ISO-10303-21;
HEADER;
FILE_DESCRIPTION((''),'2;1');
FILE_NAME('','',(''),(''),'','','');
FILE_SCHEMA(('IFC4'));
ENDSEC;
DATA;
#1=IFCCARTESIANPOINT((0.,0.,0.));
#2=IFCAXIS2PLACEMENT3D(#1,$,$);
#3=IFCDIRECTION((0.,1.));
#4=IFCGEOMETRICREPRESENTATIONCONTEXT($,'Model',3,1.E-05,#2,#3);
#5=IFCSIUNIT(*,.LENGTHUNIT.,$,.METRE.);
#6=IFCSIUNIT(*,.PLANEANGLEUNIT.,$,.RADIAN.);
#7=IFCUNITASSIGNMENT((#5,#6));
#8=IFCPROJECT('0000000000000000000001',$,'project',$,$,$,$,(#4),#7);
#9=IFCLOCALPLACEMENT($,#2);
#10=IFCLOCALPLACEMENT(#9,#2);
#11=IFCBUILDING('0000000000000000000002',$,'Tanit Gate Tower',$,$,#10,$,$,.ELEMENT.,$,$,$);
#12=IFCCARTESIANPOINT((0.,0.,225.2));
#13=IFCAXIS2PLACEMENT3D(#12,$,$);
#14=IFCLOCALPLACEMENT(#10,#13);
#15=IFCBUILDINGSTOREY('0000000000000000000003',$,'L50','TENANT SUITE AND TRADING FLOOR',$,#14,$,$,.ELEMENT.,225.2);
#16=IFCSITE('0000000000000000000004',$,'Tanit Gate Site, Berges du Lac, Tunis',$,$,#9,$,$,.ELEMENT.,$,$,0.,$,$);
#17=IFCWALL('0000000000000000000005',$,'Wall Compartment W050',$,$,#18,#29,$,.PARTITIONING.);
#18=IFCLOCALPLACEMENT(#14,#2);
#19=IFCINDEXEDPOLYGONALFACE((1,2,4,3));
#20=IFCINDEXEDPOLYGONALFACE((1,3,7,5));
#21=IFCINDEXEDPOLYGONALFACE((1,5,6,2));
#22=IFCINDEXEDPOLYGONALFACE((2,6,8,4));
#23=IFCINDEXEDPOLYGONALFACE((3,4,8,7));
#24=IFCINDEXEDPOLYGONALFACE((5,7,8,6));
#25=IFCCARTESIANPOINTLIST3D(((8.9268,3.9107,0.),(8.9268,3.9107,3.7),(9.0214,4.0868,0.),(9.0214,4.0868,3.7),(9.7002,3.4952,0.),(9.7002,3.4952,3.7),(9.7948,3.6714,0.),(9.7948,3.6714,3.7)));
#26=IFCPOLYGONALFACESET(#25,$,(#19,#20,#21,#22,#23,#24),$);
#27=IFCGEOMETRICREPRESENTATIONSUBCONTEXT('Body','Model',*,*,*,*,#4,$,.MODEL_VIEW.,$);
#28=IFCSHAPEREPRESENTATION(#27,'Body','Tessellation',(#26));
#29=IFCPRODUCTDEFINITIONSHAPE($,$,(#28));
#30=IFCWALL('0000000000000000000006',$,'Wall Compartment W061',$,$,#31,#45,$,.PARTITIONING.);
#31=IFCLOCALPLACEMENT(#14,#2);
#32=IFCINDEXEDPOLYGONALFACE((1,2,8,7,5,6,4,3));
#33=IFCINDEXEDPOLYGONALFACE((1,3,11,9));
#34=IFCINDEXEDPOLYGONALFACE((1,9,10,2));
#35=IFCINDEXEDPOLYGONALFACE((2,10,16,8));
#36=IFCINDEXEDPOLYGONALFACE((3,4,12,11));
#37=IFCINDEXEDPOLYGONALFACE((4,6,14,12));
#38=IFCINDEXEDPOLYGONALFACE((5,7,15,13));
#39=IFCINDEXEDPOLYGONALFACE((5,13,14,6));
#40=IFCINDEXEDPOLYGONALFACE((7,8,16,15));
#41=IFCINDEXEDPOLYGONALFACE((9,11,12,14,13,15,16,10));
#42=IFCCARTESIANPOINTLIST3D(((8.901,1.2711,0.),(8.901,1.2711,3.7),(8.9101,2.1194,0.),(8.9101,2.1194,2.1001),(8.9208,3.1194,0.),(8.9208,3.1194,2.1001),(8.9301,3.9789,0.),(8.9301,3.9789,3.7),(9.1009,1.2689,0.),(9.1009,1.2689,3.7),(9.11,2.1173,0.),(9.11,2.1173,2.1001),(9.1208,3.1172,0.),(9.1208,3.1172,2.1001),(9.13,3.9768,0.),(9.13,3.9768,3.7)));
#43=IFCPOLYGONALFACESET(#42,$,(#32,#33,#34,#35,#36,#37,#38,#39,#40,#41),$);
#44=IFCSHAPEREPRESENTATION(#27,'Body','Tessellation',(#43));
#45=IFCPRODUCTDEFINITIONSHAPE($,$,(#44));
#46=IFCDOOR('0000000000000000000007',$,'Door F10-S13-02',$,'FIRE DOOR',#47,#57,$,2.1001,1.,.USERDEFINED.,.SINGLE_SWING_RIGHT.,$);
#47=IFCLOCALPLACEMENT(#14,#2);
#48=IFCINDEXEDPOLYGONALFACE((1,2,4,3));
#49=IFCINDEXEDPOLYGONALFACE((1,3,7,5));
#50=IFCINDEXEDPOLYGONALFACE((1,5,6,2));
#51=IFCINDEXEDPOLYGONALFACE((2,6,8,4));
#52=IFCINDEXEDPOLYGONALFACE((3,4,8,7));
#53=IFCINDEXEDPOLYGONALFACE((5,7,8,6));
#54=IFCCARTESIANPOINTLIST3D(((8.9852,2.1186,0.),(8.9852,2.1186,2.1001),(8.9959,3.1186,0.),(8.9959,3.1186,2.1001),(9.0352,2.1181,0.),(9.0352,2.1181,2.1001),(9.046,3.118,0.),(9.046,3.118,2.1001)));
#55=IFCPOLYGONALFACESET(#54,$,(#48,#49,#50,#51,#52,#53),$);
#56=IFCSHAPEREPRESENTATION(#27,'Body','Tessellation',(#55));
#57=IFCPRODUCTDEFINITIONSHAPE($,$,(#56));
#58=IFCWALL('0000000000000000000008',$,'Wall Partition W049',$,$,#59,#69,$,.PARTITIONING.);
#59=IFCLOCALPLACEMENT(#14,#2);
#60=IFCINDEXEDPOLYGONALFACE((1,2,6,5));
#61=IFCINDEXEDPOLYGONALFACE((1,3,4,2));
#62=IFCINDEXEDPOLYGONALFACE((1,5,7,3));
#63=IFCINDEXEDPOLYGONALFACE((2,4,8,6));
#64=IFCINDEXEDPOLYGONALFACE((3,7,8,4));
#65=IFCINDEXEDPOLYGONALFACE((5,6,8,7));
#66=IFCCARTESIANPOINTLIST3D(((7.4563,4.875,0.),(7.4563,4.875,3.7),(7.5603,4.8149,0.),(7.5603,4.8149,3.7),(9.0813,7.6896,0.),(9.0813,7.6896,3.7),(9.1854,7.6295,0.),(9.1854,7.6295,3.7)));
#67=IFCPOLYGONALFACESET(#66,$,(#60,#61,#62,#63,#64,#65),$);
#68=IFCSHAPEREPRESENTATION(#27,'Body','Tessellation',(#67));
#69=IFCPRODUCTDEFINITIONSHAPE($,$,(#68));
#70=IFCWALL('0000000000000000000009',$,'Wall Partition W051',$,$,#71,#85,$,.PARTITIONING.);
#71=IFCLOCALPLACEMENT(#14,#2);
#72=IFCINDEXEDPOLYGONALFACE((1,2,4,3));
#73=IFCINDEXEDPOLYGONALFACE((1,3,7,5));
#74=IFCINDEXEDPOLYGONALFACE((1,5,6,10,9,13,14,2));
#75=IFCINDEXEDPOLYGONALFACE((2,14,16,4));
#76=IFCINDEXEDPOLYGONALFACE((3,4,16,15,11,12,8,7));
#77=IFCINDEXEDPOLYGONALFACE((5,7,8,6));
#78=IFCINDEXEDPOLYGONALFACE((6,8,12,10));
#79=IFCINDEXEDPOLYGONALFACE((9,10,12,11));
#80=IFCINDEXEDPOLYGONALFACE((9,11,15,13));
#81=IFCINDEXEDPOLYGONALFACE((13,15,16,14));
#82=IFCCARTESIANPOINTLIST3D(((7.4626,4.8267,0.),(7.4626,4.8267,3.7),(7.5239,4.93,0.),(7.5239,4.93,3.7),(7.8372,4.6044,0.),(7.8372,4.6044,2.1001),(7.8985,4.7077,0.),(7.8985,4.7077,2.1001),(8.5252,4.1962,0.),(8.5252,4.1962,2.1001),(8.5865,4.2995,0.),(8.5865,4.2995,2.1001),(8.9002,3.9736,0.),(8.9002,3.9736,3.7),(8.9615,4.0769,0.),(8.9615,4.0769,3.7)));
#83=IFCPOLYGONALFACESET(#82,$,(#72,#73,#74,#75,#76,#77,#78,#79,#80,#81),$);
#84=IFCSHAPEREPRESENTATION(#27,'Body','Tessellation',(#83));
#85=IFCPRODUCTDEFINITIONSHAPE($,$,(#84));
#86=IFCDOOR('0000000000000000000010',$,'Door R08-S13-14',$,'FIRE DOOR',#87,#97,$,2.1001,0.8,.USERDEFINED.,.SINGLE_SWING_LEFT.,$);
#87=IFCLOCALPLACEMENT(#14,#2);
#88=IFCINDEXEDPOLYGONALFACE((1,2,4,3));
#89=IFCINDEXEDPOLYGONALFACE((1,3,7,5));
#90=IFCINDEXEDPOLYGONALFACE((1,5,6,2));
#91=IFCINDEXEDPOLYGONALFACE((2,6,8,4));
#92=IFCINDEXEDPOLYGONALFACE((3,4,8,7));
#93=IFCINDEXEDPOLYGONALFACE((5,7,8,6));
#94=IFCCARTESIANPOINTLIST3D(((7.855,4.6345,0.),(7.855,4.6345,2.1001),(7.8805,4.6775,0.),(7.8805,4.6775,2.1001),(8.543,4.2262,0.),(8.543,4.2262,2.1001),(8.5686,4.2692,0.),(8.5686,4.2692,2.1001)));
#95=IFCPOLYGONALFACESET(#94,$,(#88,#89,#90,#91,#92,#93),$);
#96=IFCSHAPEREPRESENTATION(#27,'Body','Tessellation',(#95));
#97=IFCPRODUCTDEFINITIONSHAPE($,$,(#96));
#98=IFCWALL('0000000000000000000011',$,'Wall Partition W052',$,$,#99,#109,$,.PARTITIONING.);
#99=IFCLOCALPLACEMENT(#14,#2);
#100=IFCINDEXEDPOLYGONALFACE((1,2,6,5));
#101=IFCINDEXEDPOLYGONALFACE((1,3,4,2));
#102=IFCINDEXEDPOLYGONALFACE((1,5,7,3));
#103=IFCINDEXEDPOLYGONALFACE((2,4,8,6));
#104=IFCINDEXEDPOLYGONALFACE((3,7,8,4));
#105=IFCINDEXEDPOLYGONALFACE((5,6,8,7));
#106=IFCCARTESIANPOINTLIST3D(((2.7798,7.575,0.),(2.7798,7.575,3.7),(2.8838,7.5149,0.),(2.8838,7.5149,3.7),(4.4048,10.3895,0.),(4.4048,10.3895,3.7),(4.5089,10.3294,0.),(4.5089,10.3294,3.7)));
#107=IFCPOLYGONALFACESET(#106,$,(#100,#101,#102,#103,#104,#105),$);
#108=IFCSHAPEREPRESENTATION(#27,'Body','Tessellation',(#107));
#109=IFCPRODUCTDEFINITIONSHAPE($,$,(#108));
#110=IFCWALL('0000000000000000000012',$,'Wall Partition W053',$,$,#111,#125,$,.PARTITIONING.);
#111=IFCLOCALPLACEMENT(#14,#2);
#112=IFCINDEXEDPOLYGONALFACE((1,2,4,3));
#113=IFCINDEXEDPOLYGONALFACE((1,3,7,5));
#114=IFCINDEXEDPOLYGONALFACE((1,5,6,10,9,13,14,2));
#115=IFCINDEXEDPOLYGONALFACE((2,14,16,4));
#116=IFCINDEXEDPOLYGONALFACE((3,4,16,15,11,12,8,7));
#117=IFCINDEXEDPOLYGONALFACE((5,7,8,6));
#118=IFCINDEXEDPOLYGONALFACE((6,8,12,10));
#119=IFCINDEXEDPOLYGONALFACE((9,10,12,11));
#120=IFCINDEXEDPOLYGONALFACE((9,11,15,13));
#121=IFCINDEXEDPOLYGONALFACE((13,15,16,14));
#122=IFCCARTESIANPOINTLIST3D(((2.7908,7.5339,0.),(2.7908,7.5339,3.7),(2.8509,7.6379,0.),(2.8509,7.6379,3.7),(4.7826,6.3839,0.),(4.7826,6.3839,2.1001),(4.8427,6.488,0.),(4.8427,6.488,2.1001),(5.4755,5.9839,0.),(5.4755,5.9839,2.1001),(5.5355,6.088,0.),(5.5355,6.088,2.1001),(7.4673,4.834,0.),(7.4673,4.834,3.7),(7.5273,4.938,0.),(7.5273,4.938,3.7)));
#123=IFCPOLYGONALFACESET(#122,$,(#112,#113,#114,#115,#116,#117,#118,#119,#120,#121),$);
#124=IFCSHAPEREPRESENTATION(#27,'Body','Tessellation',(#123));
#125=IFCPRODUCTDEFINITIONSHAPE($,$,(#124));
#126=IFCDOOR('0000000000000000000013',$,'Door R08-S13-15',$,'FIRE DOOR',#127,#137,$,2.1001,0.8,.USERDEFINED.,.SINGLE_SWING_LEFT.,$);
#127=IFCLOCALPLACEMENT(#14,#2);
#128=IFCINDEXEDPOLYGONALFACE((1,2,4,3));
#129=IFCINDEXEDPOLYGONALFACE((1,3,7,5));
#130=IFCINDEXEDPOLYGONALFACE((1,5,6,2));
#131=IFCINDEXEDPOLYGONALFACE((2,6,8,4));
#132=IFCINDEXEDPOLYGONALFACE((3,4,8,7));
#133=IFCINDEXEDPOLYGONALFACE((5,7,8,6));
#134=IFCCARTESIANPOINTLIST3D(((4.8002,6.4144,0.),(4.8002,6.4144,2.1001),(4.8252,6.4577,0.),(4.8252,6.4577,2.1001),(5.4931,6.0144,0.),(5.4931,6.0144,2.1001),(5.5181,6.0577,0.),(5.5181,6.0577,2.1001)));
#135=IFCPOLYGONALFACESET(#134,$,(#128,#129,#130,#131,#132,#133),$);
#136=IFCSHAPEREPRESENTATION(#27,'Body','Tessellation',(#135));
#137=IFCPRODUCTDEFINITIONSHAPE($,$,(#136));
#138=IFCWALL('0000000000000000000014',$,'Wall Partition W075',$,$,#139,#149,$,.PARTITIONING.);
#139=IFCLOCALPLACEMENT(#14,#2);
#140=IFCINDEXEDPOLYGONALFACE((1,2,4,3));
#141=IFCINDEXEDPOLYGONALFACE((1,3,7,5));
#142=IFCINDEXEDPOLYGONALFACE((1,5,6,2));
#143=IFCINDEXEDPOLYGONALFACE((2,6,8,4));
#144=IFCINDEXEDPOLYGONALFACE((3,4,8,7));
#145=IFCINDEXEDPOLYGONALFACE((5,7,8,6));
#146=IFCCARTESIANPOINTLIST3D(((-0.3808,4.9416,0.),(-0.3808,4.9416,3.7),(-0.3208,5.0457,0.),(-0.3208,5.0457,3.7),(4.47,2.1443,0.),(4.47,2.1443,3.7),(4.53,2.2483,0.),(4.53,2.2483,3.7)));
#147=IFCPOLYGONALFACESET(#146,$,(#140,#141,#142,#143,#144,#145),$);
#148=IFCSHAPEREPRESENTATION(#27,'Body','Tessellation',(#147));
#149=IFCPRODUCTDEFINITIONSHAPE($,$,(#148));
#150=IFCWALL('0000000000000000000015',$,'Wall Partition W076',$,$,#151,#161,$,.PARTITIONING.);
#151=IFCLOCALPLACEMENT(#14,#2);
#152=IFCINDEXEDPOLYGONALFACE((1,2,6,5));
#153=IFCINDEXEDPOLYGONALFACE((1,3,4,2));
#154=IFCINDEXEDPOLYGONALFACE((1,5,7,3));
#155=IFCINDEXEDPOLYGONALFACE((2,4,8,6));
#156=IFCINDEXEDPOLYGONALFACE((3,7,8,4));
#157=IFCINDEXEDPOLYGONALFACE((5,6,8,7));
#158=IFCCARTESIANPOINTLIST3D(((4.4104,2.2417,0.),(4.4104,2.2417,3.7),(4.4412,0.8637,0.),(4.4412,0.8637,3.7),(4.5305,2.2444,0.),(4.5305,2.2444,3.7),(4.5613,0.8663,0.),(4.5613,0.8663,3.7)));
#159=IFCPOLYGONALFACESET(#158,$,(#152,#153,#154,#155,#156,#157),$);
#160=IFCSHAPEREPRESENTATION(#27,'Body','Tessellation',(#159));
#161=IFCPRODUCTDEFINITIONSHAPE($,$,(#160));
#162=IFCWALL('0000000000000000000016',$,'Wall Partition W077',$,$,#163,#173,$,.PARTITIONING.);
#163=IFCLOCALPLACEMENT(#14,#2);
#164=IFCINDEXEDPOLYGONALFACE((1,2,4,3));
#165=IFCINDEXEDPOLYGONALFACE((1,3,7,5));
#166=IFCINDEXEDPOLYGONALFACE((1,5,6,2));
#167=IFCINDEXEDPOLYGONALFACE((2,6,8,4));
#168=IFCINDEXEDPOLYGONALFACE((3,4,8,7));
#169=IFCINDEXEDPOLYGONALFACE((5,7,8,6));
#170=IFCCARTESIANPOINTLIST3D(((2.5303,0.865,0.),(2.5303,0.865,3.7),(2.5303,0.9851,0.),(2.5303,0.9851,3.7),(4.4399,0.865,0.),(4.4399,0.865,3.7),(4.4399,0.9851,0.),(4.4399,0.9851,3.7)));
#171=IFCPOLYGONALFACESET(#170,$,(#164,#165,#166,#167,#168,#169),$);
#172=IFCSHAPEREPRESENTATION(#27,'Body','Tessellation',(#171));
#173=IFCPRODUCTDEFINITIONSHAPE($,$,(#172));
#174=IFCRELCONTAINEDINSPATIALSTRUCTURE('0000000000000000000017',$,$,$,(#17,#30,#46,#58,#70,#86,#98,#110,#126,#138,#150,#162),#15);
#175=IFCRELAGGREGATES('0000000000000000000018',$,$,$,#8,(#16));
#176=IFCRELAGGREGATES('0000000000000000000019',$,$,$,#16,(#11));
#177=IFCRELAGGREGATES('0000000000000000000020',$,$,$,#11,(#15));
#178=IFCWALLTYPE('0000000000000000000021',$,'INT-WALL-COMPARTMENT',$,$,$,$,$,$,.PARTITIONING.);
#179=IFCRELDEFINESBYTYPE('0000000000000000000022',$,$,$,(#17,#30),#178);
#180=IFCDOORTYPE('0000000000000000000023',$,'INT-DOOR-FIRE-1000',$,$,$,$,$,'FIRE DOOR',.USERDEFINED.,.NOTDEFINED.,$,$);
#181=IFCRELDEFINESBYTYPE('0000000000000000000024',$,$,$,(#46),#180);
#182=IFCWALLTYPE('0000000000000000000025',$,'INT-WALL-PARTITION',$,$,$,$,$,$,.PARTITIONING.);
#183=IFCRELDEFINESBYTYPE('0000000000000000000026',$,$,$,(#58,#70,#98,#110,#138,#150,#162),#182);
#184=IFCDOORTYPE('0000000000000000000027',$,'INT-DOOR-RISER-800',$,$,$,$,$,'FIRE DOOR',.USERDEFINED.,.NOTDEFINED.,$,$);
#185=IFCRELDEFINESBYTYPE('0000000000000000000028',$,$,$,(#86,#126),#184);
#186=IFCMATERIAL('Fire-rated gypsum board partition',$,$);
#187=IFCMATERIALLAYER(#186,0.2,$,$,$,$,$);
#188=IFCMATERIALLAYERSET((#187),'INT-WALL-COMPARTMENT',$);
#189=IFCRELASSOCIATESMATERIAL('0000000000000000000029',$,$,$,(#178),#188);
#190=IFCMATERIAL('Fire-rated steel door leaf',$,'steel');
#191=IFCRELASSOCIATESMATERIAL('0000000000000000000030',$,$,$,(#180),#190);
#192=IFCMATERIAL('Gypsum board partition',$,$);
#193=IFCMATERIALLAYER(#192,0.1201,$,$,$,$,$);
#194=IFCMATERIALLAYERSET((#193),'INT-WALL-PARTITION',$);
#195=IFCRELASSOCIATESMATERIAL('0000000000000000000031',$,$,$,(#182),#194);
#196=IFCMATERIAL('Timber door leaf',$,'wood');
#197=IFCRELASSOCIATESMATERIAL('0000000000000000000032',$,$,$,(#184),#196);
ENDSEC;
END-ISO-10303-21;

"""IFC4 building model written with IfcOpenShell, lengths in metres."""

from ifc_helpers import new_model, si_unit, direction, frame, frame_2d, origin, place, context, subcontext, project, spatial, rectangle, extrude, material, layer, layer_set, type_object, element, fill, save


model = new_model("IFC4")

# Units and contexts
model_context = context("Model", 3, precision=1e-05, world=origin(), true_north=direction((0.0, 1.0)))
body_context = subcontext(model_context, "Body", "Model", "MODEL_VIEW")
ifc_project = project(units=[si_unit("LENGTHUNIT", "METRE"), si_unit("PLANEANGLEUNIT", "RADIAN")], contexts=[model_context])

# Site, building, storey
site_placement = place(None, origin())
site = spatial("IfcSite", under=ifc_project, at=site_placement, Name="Tanit Gate Site, Berges du Lac, Tunis", CompositionType="ELEMENT", RefElevation=0.0)
building_placement = place(site_placement, origin())
building = spatial("IfcBuilding", under=site, at=building_placement, Name="Tanit Gate Tower", CompositionType="ELEMENT")
storey_placement = place(building_placement, frame((0.0, 0.0, 225.2)))
storey = spatial("IfcBuildingStorey", under=building, at=storey_placement, Name="L50", Description="TENANT SUITE AND TRADING FLOOR", CompositionType="ELEMENT", Elevation=225.2)

# Wall
ifc_material_1 = material(Name="Fire-rated gypsum board partition")
ifc_layer_1 = layer(ifc_material_1, 0.2)
ifc_layer_set_1 = layer_set([ifc_layer_1], Name="INT-WALL-COMPARTMENT")
wall_type_1 = type_object("IfcWallType", Name="INT-WALL-COMPARTMENT", PredefinedType="PARTITIONING", material=ifc_layer_set_1)
wall_1_placement = place(storey_placement, frame((8.9741, 3.9988, 0.0), z_axis=(0.0, 0.0, 1.0), x_axis=(0.880917, -0.473271, 0.0)))
element("IfcWall", 1, at=wall_1_placement, inside=storey, type_object=wall_type_1, Name="Wall Compartment W050", PredefinedType="PARTITIONING", context=body_context, shape_type="SweptSolid", body=[
    extrude(rectangle(XDim=0.8779, YDim=0.2, at=frame_2d((0.439, 0.0))), origin(), (0.0, 0.0, 1.0), 3.7),
])

# Wall, opening, door
wall_2_placement = place(storey_placement, frame((9.001, 1.27, 0.0), z_axis=(0.0, 0.0, 1.0), x_axis=(0.010729, 0.999942, 0.0)))
wall_2 = element("IfcWall", 2, at=wall_2_placement, inside=storey, type_object=wall_type_1, Name="Wall Compartment W061", PredefinedType="PARTITIONING", context=body_context, shape_type="SweptSolid", body=[
    extrude(rectangle(XDim=2.708, YDim=0.2, at=frame_2d((1.354, 0.0))), origin(), (0.0, 0.0, 1.0), 3.7),
])
opening_1_placement = place(wall_2_placement, frame((0.8484, 0.0, 0.0)))
opening_1 = element("IfcOpeningElement", 3, at=opening_1_placement, cuts=wall_2, PredefinedType="OPENING", context=body_context, shape_type="SweptSolid", body=[
    extrude(rectangle(XDim=1.0, YDim=2.1001, at=frame_2d((0.5, 1.05))), frame((0.0, 0.1099, 0.0), z_axis=(0.0, -1.0, 0.0), x_axis=(1.0, 0.0, 0.0)), (0.0, 0.0, 1.0), 0.22),
])
ifc_material_2 = material(Name="Fire-rated steel door leaf", Category="steel")
door_type_1 = type_object("IfcDoorType", Name="INT-DOOR-FIRE-1000", ElementType="FIRE DOOR", OperationType="NOTDEFINED", PredefinedType="USERDEFINED", material=ifc_material_2)
door_1_placement = place(opening_1_placement, origin())
door_1 = element("IfcDoor", 4, at=door_1_placement, inside=storey, type_object=door_type_1, Name="Door F10-S13-02", ObjectType="FIRE DOOR", OperationType="SINGLE_SWING_RIGHT", OverallHeight=2.1001, OverallWidth=1.0, PredefinedType="USERDEFINED", context=body_context, shape_type="SweptSolid", body=[
    extrude(rectangle(XDim=1.0, YDim=2.1001, at=frame_2d((0.5, 1.05))), frame((0.0, 0.0249, 0.0), z_axis=(0.0, -1.0, 0.0), x_axis=(1.0, 0.0, 0.0)), (0.0, 0.0, 1.0), 0.05),
])
fill(opening_1, door_1)

# Wall
ifc_material_3 = material(Name="Gypsum board partition")
ifc_layer_2 = layer(ifc_material_3, 0.1201)
ifc_layer_set_2 = layer_set([ifc_layer_2], Name="INT-WALL-PARTITION")
wall_type_2 = type_object("IfcWallType", Name="INT-WALL-PARTITION", PredefinedType="PARTITIONING", material=ifc_layer_set_2)
wall_3_placement = place(storey_placement, frame((7.5083, 4.845, 0.0), z_axis=(0.0, 0.0, 1.0), x_axis=(0.500017, 0.866015, 0.0)))
element("IfcWall", 5, at=wall_3_placement, inside=storey, type_object=wall_type_2, Name="Wall Partition W049", PredefinedType="PARTITIONING", context=body_context, shape_type="SweptSolid", body=[
    extrude(rectangle(XDim=3.25, YDim=0.1201, at=frame_2d((1.625, 0.0))), origin(), (0.0, 0.0, 1.0), 3.7),
])

# Wall, opening, door
wall_4_placement = place(storey_placement, frame((7.4932, 4.8784, 0.0), z_axis=(0.0, 0.0, 1.0), x_axis=(0.859983, -0.510323, 0.0)))
wall_4 = element("IfcWall", 6, at=wall_4_placement, inside=storey, type_object=wall_type_2, Name="Wall Partition W051", PredefinedType="PARTITIONING", context=body_context, shape_type="SweptSolid", body=[
    extrude(rectangle(XDim=1.6716, YDim=0.1201, at=frame_2d((0.8359, 0.0))), origin(), (0.0, 0.0, 1.0), 3.7),
])
opening_2_placement = place(wall_4_placement, frame((0.4358, 0.0, 0.0)))
opening_2 = element("IfcOpeningElement", 7, at=opening_2_placement, cuts=wall_4, PredefinedType="OPENING", context=body_context, shape_type="SweptSolid", body=[
    extrude(rectangle(XDim=0.8, YDim=2.1001, at=frame_2d((0.3999, 1.05))), frame((0.0, 0.0701, 0.0), z_axis=(0.0, -1.0, 0.0), x_axis=(1.0, 0.0, 0.0)), (0.0, 0.0, 1.0), 0.1401),
])
ifc_material_4 = material(Name="Timber door leaf", Category="wood")
door_type_2 = type_object("IfcDoorType", Name="INT-DOOR-RISER-800", ElementType="FIRE DOOR", OperationType="NOTDEFINED", PredefinedType="USERDEFINED", material=ifc_material_4)
door_2_placement = place(opening_2_placement, origin())
door_2 = element("IfcDoor", 8, at=door_2_placement, inside=storey, type_object=door_type_2, Name="Door R08-S13-14", ObjectType="FIRE DOOR", OperationType="SINGLE_SWING_LEFT", OverallHeight=2.1001, OverallWidth=0.8, PredefinedType="USERDEFINED", context=body_context, shape_type="SweptSolid", body=[
    extrude(rectangle(XDim=0.8, YDim=2.1001, at=frame_2d((0.3999, 1.05))), frame((0.0, 0.0249, 0.0), z_axis=(0.0, -1.0, 0.0), x_axis=(1.0, 0.0, 0.0)), (0.0, 0.0, 1.0), 0.05),
])
fill(opening_2, door_2)

# Wall
wall_5_placement = place(storey_placement, frame((2.8318, 7.5449, 0.0), z_axis=(0.0, 0.0, 1.0), x_axis=(0.500017, 0.866015, 0.0)))
element("IfcWall", 9, at=wall_5_placement, inside=storey, type_object=wall_type_2, Name="Wall Partition W052", PredefinedType="PARTITIONING", context=body_context, shape_type="SweptSolid", body=[
    extrude(rectangle(XDim=3.25, YDim=0.1201, at=frame_2d((1.625, 0.0))), origin(), (0.0, 0.0, 1.0), 3.7),
])

# Wall, opening, door
wall_6_placement = place(storey_placement, frame((7.4973, 4.886, 0.0), z_axis=(0.0, 0.0, 1.0), x_axis=(-0.866028, 0.499995, 0.0)))
wall_6 = element("IfcWall", 10, at=wall_6_placement, inside=storey, type_object=wall_type_2, Name="Wall Partition W053", PredefinedType="PARTITIONING", context=body_context, shape_type="SweptSolid", body=[
    extrude(rectangle(XDim=5.3999, YDim=0.1201, at=frame_2d((2.7, 0.0))), origin(), (0.0, 0.0, 1.0), 3.7),
])
opening_3_placement = place(wall_6_placement, frame((2.3, 0.0, 0.0)))
opening_3 = element("IfcOpeningElement", 11, at=opening_3_placement, cuts=wall_6, PredefinedType="OPENING", context=body_context, shape_type="SweptSolid", body=[
    extrude(rectangle(XDim=0.8, YDim=2.1001, at=frame_2d((0.3999, 1.05))), frame((0.0, 0.0701, 0.0), z_axis=(0.0, -1.0, 0.0), x_axis=(1.0, 0.0, 0.0)), (0.0, 0.0, 1.0), 0.1401),
])
door_3_placement = place(opening_3_placement, origin())
door_3 = element("IfcDoor", 12, at=door_3_placement, inside=storey, type_object=door_type_2, Name="Door R08-S13-15", ObjectType="FIRE DOOR", OperationType="SINGLE_SWING_LEFT", OverallHeight=2.1001, OverallWidth=0.8, PredefinedType="USERDEFINED", context=body_context, shape_type="SweptSolid", body=[
    extrude(rectangle(XDim=0.8, YDim=2.1001, at=frame_2d((0.3999, 1.05))), frame((0.0, 0.0249, 0.0), z_axis=(0.0, -1.0, 0.0), x_axis=(1.0, 0.0, 0.0)), (0.0, 0.0, 1.0), 0.05),
])
fill(opening_3, door_3)

# Walls
wall_7_placement = place(storey_placement, frame((-0.3508, 4.9937, 0.0), z_axis=(0.0, 0.0, 1.0), x_axis=(0.866278, -0.499563, 0.0)))
element("IfcWall", 13, at=wall_7_placement, inside=storey, type_object=wall_type_2, Name="Wall Partition W075", PredefinedType="PARTITIONING", context=body_context, shape_type="SweptSolid", body=[
    extrude(rectangle(XDim=5.5996, YDim=0.1201, at=frame_2d((2.7998, 0.0))), origin(), (0.0, 0.0, 1.0), 3.7),
])
wall_8_placement = place(storey_placement, frame((4.5012, 0.865, 0.0), z_axis=(0.0, 0.0, 1.0), x_axis=(-0.022315, 0.999751, 0.0)))
element("IfcWall", 14, at=wall_8_placement, inside=storey, type_object=wall_type_2, Name="Wall Partition W076", PredefinedType="PARTITIONING", context=body_context, shape_type="SweptSolid", body=[
    extrude(rectangle(XDim=1.3784, YDim=0.1201, at=frame_2d((0.6892, 0.0))), origin(), (0.0, 0.0, 1.0), 3.7),
])
wall_9_placement = place(storey_placement, frame((2.5303, 0.925, 0.0), z_axis=(0.0, 0.0, 1.0), x_axis=(1.0, 0.0, 0.0)))
element("IfcWall", 15, at=wall_9_placement, inside=storey, type_object=wall_type_2, Name="Wall Partition W077", PredefinedType="PARTITIONING", context=body_context, shape_type="SweptSolid", body=[
    extrude(rectangle(XDim=1.9097, YDim=0.1201, at=frame_2d((0.9548, 0.0))), origin(), (0.0, 0.0, 1.0), 3.7),
])

save(model, "model.ifc")
